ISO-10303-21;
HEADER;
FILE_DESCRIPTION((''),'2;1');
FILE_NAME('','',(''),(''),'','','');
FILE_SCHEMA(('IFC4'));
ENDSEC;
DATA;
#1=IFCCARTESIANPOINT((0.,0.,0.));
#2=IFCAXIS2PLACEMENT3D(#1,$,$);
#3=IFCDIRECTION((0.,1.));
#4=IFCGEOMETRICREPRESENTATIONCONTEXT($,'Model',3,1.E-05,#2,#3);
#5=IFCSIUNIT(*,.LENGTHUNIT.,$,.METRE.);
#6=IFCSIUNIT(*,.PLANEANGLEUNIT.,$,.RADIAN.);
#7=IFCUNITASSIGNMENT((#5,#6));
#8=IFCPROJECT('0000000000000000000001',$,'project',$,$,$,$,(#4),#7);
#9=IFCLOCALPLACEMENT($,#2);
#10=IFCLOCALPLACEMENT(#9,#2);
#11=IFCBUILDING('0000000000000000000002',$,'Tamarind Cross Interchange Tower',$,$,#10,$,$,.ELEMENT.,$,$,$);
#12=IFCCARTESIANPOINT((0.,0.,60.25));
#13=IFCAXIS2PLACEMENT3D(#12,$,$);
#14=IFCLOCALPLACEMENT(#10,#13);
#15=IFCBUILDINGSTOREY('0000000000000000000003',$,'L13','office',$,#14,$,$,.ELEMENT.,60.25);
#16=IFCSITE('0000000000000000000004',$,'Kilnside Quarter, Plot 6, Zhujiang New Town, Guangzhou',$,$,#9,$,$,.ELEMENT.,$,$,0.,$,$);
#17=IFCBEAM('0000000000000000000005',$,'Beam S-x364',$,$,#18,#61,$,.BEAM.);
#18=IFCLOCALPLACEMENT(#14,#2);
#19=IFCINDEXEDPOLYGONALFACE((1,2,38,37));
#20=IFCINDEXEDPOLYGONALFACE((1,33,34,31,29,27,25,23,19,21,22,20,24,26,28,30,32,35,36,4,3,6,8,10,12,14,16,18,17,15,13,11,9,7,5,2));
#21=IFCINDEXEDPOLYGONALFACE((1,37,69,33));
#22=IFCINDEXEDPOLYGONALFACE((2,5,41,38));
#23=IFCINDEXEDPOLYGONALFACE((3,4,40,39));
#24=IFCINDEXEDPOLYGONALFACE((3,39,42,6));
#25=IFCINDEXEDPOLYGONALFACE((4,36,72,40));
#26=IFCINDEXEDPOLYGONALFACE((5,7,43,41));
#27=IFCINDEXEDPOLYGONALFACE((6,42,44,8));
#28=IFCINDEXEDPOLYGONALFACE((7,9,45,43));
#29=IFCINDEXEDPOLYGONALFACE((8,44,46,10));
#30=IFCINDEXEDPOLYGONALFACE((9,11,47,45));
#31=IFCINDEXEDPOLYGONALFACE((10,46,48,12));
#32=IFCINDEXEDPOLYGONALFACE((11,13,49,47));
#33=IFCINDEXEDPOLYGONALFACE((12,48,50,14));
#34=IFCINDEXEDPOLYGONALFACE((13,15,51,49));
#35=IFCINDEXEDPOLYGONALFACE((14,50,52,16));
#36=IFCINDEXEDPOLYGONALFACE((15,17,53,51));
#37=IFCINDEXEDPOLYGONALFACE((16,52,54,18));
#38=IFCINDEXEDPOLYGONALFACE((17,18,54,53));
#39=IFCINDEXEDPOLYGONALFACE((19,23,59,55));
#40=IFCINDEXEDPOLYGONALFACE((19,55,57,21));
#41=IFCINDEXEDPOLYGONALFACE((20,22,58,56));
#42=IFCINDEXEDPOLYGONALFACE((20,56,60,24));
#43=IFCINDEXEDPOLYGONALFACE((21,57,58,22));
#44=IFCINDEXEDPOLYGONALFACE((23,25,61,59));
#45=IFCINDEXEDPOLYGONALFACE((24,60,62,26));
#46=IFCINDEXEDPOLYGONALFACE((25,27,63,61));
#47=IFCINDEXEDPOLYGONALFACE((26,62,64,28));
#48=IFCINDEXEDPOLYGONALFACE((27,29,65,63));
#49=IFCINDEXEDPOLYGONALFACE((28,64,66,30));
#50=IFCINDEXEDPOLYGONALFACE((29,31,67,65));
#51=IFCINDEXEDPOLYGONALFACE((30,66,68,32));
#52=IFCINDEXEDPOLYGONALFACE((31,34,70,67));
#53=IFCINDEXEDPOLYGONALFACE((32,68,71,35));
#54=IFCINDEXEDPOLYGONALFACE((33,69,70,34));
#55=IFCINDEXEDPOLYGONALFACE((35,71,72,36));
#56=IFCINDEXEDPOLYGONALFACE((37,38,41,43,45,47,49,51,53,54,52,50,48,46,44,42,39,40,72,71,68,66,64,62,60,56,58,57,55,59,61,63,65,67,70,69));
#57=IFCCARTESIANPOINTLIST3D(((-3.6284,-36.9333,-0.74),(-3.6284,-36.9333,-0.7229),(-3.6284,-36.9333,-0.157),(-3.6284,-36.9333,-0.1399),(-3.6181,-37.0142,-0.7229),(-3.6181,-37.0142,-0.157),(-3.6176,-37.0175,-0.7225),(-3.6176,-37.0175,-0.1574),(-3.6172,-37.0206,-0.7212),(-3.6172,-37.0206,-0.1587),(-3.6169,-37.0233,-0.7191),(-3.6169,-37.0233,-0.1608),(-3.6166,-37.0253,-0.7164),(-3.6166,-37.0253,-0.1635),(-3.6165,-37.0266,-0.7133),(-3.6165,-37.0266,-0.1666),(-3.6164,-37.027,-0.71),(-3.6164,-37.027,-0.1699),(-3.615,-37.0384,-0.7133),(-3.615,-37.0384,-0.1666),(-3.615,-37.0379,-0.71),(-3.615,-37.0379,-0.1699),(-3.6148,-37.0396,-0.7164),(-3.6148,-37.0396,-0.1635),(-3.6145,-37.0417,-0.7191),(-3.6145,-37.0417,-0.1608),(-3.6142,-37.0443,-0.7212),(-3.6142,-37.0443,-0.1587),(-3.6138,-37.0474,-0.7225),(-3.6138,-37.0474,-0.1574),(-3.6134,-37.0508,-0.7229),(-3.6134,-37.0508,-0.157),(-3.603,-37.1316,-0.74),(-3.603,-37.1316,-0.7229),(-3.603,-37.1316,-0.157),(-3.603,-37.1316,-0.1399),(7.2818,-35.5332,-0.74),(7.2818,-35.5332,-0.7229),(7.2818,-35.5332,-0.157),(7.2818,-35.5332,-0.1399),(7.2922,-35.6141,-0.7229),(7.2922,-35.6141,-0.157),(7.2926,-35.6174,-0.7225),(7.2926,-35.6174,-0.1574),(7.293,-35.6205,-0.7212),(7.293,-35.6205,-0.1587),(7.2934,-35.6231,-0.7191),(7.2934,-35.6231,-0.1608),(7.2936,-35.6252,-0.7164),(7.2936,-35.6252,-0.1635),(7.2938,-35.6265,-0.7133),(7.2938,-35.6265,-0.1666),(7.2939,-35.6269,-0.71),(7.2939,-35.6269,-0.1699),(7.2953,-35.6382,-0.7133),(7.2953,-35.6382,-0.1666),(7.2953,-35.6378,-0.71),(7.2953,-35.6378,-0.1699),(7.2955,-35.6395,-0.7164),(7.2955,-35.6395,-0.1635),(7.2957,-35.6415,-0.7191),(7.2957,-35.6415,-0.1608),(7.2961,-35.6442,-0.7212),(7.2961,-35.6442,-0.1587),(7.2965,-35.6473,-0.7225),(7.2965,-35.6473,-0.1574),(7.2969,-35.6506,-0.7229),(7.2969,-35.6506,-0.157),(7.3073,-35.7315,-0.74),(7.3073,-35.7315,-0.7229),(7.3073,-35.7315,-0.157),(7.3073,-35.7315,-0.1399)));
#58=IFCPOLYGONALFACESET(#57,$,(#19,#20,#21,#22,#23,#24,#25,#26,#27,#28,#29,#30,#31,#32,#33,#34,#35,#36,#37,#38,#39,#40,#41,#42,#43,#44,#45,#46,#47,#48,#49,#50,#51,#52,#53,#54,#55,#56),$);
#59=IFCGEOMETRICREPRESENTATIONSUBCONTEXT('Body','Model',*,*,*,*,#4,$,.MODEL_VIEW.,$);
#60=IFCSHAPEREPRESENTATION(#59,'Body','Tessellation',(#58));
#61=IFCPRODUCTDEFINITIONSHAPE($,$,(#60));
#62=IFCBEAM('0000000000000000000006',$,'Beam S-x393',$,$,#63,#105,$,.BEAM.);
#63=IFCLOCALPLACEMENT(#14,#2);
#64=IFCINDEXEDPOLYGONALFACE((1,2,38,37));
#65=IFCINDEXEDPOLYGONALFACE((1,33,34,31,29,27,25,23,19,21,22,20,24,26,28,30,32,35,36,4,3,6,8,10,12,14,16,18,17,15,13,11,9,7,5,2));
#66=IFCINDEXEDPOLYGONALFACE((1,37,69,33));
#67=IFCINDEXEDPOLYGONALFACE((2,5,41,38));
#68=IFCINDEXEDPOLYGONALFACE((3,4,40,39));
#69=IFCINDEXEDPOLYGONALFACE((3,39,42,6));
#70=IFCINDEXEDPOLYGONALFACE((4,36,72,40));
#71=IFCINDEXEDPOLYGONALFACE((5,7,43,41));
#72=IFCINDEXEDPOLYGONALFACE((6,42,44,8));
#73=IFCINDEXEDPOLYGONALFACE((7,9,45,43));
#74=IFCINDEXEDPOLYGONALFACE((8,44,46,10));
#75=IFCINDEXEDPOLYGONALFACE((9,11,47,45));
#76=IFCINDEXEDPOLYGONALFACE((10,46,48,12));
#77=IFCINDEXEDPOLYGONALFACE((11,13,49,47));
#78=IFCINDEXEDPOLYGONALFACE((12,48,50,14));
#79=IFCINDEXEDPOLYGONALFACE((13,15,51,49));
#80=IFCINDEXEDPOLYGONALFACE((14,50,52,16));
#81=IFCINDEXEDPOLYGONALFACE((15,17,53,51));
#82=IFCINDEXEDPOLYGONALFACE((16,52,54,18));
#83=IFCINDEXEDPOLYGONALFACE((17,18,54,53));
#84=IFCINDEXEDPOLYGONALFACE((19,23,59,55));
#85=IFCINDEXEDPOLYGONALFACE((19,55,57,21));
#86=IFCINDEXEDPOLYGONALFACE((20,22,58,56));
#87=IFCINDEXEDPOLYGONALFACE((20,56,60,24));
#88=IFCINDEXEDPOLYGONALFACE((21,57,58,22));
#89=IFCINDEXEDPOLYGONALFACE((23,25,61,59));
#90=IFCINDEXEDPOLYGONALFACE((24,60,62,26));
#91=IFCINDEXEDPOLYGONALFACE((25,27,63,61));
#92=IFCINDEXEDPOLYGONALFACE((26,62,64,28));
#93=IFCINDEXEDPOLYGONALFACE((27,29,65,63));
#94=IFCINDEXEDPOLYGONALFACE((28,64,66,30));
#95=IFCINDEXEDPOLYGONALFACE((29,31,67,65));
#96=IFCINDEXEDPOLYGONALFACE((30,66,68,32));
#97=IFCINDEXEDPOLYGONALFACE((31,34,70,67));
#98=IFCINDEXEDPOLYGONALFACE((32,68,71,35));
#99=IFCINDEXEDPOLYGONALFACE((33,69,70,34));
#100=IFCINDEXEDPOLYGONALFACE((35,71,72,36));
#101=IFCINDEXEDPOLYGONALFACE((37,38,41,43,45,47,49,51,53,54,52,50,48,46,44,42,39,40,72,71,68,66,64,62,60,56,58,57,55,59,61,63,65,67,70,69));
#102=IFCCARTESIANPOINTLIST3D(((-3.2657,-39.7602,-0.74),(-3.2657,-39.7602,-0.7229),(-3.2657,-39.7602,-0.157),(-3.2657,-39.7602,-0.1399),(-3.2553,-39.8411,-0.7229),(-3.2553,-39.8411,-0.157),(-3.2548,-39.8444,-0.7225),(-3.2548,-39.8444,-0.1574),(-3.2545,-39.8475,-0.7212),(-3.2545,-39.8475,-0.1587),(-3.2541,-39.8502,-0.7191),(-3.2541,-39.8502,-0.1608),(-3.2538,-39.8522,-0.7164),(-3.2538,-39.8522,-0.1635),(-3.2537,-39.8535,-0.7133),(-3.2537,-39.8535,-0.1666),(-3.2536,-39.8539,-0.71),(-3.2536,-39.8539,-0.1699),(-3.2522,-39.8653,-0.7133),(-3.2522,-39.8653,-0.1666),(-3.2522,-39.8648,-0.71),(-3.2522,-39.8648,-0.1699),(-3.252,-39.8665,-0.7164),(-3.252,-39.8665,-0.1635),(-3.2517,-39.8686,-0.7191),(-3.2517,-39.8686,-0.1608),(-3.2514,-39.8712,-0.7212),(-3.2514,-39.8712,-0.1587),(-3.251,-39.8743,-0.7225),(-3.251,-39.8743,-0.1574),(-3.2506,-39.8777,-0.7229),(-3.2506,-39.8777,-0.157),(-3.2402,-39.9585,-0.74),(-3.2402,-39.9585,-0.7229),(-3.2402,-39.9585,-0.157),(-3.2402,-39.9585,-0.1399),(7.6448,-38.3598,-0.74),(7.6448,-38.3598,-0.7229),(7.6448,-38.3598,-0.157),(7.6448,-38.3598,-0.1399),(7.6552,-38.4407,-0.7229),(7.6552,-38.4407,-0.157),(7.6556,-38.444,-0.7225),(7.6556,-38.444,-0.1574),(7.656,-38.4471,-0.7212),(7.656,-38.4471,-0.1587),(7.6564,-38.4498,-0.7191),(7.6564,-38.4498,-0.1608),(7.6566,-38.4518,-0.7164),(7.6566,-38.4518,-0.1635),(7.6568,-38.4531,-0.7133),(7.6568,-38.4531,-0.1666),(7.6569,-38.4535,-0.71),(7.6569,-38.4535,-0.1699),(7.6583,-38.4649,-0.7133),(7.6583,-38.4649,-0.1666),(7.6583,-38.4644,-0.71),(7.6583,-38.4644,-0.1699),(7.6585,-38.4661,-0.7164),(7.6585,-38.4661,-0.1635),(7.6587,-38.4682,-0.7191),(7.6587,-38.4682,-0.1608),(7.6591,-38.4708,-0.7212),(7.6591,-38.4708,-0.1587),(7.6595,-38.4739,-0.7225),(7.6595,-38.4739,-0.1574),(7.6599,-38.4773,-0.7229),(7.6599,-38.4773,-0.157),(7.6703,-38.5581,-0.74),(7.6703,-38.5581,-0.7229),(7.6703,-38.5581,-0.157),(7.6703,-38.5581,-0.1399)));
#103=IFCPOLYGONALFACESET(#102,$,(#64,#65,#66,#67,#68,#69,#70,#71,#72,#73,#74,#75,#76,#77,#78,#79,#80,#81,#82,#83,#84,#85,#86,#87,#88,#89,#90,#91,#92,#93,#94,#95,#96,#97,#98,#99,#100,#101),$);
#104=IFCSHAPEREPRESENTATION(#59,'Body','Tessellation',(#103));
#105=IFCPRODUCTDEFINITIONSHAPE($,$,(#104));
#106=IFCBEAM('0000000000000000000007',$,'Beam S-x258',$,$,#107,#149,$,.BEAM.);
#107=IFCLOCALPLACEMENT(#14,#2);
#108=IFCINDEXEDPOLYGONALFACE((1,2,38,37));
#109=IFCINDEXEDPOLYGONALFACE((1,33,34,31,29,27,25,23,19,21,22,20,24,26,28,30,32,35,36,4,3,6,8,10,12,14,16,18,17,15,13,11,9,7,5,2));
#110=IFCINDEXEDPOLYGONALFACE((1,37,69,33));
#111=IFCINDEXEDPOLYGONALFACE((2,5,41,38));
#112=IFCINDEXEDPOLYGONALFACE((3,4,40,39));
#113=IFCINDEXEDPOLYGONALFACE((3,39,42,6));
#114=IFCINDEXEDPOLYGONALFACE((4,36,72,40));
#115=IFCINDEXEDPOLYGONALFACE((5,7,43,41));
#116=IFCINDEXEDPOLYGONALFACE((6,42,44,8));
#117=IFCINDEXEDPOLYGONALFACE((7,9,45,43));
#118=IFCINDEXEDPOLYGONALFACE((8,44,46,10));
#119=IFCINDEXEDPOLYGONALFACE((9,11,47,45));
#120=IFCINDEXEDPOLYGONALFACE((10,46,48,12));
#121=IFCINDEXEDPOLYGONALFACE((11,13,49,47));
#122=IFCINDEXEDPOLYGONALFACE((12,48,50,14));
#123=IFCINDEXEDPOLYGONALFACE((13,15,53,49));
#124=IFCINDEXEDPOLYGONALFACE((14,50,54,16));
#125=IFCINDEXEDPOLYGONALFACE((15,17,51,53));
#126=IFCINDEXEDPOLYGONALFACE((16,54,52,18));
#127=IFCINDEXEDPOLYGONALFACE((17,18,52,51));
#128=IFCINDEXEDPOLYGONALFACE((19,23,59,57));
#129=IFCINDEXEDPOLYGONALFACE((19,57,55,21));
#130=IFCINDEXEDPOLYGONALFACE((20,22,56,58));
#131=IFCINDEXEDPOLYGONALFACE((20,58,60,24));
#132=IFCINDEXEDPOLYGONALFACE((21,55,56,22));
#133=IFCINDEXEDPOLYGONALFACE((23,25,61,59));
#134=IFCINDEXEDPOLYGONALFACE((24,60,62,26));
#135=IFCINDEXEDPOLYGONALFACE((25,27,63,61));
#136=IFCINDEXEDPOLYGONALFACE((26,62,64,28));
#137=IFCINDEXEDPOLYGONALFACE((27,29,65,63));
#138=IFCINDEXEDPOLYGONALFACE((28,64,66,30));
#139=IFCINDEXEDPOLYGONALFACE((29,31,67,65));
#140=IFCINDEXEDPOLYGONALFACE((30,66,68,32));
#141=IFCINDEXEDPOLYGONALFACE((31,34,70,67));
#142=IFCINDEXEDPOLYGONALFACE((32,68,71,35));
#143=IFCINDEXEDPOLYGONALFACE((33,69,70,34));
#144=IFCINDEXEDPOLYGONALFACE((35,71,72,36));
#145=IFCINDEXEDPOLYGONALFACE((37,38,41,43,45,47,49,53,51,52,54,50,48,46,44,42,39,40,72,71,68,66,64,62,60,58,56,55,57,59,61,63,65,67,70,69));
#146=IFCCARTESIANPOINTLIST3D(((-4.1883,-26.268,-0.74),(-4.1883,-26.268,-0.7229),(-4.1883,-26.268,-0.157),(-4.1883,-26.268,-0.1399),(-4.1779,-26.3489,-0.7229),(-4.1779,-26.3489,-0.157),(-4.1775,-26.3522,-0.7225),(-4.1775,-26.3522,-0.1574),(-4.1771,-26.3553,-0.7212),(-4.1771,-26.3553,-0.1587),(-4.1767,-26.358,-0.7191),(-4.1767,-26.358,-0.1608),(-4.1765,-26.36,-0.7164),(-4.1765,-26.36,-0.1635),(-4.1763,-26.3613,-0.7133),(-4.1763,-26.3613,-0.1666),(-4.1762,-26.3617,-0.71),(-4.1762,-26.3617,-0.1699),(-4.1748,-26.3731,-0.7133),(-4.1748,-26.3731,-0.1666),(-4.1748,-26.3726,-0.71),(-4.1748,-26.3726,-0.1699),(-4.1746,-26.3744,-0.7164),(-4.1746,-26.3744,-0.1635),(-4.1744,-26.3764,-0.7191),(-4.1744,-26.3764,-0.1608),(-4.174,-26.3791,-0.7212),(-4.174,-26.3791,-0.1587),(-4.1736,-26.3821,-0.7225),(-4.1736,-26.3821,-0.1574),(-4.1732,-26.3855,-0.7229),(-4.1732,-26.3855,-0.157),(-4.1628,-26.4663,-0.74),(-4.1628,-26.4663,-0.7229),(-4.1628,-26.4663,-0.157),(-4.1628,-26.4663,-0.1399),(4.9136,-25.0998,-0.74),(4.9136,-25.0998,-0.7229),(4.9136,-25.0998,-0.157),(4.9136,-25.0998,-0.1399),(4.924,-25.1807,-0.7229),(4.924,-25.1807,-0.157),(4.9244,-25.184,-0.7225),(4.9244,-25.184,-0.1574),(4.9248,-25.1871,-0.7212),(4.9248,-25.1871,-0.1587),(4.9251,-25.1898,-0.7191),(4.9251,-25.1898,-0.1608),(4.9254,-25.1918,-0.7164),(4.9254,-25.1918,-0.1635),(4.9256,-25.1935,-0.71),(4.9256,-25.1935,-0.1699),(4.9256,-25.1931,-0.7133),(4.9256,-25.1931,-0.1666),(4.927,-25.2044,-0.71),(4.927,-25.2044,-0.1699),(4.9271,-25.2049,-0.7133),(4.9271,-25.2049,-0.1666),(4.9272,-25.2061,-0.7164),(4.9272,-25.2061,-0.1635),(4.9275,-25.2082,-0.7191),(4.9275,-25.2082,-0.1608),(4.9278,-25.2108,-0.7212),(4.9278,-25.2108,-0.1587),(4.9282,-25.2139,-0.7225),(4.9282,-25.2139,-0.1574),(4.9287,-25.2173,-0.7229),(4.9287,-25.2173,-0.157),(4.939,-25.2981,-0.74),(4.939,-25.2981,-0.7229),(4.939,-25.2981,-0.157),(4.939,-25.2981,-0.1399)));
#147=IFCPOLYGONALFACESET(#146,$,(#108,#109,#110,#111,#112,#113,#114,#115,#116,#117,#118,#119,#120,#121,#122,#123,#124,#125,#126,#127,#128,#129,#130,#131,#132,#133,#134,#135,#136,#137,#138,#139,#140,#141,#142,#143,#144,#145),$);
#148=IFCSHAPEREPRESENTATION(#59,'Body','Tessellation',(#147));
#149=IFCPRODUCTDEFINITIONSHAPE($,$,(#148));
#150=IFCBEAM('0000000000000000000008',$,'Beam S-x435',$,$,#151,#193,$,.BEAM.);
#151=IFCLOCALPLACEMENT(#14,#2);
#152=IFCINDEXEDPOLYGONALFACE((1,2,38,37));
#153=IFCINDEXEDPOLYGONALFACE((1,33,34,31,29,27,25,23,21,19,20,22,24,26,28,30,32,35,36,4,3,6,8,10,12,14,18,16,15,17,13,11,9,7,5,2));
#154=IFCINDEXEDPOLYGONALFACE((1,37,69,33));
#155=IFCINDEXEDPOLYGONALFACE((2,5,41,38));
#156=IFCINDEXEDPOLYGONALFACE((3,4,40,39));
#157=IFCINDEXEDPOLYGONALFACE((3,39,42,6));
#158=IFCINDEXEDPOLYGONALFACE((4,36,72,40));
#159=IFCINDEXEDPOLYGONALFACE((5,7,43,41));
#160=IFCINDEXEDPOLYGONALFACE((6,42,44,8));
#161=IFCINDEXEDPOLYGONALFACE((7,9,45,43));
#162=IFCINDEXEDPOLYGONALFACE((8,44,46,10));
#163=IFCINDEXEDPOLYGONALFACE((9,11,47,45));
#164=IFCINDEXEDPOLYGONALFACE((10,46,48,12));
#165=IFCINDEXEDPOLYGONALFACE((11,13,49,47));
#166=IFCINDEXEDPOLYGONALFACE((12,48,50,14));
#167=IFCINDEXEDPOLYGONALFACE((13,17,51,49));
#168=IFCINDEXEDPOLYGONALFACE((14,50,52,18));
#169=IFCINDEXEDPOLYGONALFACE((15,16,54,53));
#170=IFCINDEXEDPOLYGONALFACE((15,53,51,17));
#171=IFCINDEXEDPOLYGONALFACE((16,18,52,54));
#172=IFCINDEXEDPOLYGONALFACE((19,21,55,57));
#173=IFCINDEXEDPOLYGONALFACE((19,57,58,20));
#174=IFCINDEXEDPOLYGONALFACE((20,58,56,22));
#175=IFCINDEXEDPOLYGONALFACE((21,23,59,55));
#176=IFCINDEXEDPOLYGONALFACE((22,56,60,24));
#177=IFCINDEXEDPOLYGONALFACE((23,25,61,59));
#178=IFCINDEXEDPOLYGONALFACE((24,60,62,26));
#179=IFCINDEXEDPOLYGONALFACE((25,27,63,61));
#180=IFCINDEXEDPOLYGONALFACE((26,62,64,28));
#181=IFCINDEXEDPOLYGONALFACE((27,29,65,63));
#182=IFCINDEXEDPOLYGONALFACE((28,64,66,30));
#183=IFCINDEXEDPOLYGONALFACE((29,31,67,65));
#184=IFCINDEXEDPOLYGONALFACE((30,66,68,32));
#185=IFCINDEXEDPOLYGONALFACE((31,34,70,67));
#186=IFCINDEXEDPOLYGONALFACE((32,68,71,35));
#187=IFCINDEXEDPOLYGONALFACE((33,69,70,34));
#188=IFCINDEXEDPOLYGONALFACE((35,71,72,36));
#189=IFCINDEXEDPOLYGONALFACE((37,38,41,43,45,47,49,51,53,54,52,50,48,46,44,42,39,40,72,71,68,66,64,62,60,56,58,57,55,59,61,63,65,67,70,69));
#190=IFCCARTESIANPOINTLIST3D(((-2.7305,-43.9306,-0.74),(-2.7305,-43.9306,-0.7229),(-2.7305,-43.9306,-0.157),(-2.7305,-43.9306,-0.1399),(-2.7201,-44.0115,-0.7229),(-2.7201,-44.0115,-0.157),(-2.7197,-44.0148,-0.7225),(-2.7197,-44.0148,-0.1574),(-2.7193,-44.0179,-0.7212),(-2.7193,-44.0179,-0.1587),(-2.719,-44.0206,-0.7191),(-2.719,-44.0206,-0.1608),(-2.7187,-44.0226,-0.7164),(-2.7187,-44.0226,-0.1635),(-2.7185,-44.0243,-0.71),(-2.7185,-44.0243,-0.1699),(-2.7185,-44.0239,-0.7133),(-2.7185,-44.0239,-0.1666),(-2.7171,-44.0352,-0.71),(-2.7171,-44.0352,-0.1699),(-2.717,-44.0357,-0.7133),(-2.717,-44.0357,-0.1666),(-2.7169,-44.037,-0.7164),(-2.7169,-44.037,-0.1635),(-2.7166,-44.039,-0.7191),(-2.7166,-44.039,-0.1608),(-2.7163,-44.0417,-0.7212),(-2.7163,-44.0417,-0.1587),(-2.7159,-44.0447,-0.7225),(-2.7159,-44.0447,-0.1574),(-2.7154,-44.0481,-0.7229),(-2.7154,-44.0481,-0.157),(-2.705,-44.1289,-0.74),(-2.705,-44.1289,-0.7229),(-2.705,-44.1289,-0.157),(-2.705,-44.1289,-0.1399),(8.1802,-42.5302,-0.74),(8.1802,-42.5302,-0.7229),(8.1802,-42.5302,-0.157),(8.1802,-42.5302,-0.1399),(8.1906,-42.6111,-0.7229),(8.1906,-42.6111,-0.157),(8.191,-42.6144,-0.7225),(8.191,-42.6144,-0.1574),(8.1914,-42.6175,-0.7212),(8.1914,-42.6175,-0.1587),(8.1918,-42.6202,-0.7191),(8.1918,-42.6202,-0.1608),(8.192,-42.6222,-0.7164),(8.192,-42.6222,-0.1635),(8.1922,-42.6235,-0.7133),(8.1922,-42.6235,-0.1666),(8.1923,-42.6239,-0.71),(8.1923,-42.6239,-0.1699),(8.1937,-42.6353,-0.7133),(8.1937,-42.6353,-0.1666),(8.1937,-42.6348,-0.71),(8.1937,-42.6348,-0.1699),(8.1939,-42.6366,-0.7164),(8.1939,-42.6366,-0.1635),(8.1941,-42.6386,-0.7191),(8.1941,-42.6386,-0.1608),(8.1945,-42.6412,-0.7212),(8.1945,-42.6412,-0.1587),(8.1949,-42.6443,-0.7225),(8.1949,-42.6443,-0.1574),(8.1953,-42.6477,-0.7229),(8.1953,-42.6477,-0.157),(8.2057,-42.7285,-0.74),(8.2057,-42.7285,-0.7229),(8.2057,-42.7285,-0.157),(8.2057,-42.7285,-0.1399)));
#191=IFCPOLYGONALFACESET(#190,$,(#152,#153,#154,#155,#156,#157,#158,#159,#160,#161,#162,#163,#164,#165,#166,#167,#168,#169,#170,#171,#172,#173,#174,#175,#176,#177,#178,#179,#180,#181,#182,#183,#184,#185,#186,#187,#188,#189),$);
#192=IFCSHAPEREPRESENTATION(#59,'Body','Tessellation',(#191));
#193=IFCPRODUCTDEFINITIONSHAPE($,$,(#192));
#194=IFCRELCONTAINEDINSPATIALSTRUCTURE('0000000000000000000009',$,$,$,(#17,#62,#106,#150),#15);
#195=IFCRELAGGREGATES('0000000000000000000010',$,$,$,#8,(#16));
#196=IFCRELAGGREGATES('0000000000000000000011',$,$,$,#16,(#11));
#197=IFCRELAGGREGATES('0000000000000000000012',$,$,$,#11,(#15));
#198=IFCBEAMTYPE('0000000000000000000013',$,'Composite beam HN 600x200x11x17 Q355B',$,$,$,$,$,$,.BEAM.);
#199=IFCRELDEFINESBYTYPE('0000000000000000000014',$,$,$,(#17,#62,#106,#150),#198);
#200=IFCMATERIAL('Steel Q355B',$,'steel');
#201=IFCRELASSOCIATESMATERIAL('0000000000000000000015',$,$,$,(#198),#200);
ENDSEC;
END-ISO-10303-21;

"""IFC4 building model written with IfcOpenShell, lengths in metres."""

from ifc_helpers import new_model, si_unit, direction, frame, origin, origin_2d, place, context, subcontext, project, spatial, i_section, extrude, material, material_profile, profile_set, type_object, element, save


model = new_model("IFC4")

# Units and contexts
model_context = context("Model", 3, precision=1e-05, world=origin(), true_north=direction((0.0, 1.0)))
body_context = subcontext(model_context, "Body", "Model", "MODEL_VIEW")
ifc_project = project(units=[si_unit("LENGTHUNIT", "METRE"), si_unit("PLANEANGLEUNIT", "RADIAN")], contexts=[model_context])

# Site, building, storey
site_placement = place(None, origin())
site = spatial("IfcSite", under=ifc_project, at=site_placement, Name="Kilnside Quarter, Plot 6, Zhujiang New Town, Guangzhou", CompositionType="ELEMENT", RefElevation=0.0)
building_placement = place(site_placement, origin())
building = spatial("IfcBuilding", under=site, at=building_placement, Name="Tamarind Cross Interchange Tower", CompositionType="ELEMENT")
storey_placement = place(building_placement, frame((0.0, 0.0, 60.25)))
storey = spatial("IfcBuildingStorey", under=building, at=storey_placement, Name="L13", Description="office", CompositionType="ELEMENT", Elevation=60.25)

# Beams
ifc_material_1 = material(Name="Steel Q355B", Category="steel")
ifc_material_profile_1 = material_profile(ifc_material_1, i_section(OverallWidth=0.2, OverallDepth=0.6001, WebThickness=0.011, FlangeThickness=0.0171, FilletRadius=0.0129, at=origin_2d()), Name="HN 600x200x11x17")
ifc_profile_set_1 = profile_set([ifc_material_profile_1], Name="Steel Q355B")
beam_type_1 = type_object("IfcBeamType", Name="Composite beam HN 600x200x11x17 Q355B", PredefinedType="BEAM", material=ifc_profile_set_1)
beam_1_placement = place(storey_placement, frame((-3.6157, -37.0325, -0.4399), z_axis=(0.991866, 0.127287, 0.0), x_axis=(-0.127287, 0.991866, 0.0)))
element("IfcBeam", 1, at=beam_1_placement, inside=storey, type_object=beam_type_1, Name="Beam S-x364", PredefinedType="BEAM", context=body_context, shape_type="SweptSolid", body=[
    extrude(i_section(OverallWidth=0.2, OverallDepth=0.6001, WebThickness=0.011, FlangeThickness=0.0171, FilletRadius=0.0129, at=origin_2d()), origin(), (0.0, 0.0, 1.0), 10.9998),
])
beam_2_placement = place(storey_placement, frame((-3.2529, -39.8594, -0.4399), z_axis=(0.991863, 0.127309, 0.0), x_axis=(-0.127309, 0.991863, 0.0)))
element("IfcBeam", 2, at=beam_2_placement, inside=storey, type_object=beam_type_1, Name="Beam S-x393", PredefinedType="BEAM", context=body_context, shape_type="SweptSolid", body=[
    extrude(i_section(OverallWidth=0.2, OverallDepth=0.6001, WebThickness=0.011, FlangeThickness=0.0171, FilletRadius=0.0129, at=origin_2d()), origin(), (0.0, 0.0, 1.0), 11.0),
])
beam_3_placement = place(storey_placement, frame((-4.1755, -26.3672, -0.4399), z_axis=(0.991864, 0.127305, 0.0), x_axis=(-0.127305, 0.991864, 0.0)))
element("IfcBeam", 3, at=beam_3_placement, inside=storey, type_object=beam_type_1, Name="Beam S-x258", PredefinedType="BEAM", context=body_context, shape_type="SweptSolid", body=[
    extrude(i_section(OverallWidth=0.2, OverallDepth=0.6001, WebThickness=0.011, FlangeThickness=0.0171, FilletRadius=0.0129, at=origin_2d()), origin(), (0.0, 0.0, 1.0), 9.1765),
])
beam_4_placement = place(storey_placement, frame((-2.7178, -44.0298, -0.4399), z_axis=(0.991863, 0.127307, 0.0), x_axis=(-0.127307, 0.991863, 0.0)))
element("IfcBeam", 4, at=beam_4_placement, inside=storey, type_object=beam_type_1, Name="Beam S-x435", PredefinedType="BEAM", context=body_context, shape_type="SweptSolid", body=[
    extrude(i_section(OverallWidth=0.2, OverallDepth=0.6001, WebThickness=0.011, FlangeThickness=0.0171, FilletRadius=0.0129, at=origin_2d()), origin(), (0.0, 0.0, 1.0), 11.0002),
])

save(model, "model.ifc")
